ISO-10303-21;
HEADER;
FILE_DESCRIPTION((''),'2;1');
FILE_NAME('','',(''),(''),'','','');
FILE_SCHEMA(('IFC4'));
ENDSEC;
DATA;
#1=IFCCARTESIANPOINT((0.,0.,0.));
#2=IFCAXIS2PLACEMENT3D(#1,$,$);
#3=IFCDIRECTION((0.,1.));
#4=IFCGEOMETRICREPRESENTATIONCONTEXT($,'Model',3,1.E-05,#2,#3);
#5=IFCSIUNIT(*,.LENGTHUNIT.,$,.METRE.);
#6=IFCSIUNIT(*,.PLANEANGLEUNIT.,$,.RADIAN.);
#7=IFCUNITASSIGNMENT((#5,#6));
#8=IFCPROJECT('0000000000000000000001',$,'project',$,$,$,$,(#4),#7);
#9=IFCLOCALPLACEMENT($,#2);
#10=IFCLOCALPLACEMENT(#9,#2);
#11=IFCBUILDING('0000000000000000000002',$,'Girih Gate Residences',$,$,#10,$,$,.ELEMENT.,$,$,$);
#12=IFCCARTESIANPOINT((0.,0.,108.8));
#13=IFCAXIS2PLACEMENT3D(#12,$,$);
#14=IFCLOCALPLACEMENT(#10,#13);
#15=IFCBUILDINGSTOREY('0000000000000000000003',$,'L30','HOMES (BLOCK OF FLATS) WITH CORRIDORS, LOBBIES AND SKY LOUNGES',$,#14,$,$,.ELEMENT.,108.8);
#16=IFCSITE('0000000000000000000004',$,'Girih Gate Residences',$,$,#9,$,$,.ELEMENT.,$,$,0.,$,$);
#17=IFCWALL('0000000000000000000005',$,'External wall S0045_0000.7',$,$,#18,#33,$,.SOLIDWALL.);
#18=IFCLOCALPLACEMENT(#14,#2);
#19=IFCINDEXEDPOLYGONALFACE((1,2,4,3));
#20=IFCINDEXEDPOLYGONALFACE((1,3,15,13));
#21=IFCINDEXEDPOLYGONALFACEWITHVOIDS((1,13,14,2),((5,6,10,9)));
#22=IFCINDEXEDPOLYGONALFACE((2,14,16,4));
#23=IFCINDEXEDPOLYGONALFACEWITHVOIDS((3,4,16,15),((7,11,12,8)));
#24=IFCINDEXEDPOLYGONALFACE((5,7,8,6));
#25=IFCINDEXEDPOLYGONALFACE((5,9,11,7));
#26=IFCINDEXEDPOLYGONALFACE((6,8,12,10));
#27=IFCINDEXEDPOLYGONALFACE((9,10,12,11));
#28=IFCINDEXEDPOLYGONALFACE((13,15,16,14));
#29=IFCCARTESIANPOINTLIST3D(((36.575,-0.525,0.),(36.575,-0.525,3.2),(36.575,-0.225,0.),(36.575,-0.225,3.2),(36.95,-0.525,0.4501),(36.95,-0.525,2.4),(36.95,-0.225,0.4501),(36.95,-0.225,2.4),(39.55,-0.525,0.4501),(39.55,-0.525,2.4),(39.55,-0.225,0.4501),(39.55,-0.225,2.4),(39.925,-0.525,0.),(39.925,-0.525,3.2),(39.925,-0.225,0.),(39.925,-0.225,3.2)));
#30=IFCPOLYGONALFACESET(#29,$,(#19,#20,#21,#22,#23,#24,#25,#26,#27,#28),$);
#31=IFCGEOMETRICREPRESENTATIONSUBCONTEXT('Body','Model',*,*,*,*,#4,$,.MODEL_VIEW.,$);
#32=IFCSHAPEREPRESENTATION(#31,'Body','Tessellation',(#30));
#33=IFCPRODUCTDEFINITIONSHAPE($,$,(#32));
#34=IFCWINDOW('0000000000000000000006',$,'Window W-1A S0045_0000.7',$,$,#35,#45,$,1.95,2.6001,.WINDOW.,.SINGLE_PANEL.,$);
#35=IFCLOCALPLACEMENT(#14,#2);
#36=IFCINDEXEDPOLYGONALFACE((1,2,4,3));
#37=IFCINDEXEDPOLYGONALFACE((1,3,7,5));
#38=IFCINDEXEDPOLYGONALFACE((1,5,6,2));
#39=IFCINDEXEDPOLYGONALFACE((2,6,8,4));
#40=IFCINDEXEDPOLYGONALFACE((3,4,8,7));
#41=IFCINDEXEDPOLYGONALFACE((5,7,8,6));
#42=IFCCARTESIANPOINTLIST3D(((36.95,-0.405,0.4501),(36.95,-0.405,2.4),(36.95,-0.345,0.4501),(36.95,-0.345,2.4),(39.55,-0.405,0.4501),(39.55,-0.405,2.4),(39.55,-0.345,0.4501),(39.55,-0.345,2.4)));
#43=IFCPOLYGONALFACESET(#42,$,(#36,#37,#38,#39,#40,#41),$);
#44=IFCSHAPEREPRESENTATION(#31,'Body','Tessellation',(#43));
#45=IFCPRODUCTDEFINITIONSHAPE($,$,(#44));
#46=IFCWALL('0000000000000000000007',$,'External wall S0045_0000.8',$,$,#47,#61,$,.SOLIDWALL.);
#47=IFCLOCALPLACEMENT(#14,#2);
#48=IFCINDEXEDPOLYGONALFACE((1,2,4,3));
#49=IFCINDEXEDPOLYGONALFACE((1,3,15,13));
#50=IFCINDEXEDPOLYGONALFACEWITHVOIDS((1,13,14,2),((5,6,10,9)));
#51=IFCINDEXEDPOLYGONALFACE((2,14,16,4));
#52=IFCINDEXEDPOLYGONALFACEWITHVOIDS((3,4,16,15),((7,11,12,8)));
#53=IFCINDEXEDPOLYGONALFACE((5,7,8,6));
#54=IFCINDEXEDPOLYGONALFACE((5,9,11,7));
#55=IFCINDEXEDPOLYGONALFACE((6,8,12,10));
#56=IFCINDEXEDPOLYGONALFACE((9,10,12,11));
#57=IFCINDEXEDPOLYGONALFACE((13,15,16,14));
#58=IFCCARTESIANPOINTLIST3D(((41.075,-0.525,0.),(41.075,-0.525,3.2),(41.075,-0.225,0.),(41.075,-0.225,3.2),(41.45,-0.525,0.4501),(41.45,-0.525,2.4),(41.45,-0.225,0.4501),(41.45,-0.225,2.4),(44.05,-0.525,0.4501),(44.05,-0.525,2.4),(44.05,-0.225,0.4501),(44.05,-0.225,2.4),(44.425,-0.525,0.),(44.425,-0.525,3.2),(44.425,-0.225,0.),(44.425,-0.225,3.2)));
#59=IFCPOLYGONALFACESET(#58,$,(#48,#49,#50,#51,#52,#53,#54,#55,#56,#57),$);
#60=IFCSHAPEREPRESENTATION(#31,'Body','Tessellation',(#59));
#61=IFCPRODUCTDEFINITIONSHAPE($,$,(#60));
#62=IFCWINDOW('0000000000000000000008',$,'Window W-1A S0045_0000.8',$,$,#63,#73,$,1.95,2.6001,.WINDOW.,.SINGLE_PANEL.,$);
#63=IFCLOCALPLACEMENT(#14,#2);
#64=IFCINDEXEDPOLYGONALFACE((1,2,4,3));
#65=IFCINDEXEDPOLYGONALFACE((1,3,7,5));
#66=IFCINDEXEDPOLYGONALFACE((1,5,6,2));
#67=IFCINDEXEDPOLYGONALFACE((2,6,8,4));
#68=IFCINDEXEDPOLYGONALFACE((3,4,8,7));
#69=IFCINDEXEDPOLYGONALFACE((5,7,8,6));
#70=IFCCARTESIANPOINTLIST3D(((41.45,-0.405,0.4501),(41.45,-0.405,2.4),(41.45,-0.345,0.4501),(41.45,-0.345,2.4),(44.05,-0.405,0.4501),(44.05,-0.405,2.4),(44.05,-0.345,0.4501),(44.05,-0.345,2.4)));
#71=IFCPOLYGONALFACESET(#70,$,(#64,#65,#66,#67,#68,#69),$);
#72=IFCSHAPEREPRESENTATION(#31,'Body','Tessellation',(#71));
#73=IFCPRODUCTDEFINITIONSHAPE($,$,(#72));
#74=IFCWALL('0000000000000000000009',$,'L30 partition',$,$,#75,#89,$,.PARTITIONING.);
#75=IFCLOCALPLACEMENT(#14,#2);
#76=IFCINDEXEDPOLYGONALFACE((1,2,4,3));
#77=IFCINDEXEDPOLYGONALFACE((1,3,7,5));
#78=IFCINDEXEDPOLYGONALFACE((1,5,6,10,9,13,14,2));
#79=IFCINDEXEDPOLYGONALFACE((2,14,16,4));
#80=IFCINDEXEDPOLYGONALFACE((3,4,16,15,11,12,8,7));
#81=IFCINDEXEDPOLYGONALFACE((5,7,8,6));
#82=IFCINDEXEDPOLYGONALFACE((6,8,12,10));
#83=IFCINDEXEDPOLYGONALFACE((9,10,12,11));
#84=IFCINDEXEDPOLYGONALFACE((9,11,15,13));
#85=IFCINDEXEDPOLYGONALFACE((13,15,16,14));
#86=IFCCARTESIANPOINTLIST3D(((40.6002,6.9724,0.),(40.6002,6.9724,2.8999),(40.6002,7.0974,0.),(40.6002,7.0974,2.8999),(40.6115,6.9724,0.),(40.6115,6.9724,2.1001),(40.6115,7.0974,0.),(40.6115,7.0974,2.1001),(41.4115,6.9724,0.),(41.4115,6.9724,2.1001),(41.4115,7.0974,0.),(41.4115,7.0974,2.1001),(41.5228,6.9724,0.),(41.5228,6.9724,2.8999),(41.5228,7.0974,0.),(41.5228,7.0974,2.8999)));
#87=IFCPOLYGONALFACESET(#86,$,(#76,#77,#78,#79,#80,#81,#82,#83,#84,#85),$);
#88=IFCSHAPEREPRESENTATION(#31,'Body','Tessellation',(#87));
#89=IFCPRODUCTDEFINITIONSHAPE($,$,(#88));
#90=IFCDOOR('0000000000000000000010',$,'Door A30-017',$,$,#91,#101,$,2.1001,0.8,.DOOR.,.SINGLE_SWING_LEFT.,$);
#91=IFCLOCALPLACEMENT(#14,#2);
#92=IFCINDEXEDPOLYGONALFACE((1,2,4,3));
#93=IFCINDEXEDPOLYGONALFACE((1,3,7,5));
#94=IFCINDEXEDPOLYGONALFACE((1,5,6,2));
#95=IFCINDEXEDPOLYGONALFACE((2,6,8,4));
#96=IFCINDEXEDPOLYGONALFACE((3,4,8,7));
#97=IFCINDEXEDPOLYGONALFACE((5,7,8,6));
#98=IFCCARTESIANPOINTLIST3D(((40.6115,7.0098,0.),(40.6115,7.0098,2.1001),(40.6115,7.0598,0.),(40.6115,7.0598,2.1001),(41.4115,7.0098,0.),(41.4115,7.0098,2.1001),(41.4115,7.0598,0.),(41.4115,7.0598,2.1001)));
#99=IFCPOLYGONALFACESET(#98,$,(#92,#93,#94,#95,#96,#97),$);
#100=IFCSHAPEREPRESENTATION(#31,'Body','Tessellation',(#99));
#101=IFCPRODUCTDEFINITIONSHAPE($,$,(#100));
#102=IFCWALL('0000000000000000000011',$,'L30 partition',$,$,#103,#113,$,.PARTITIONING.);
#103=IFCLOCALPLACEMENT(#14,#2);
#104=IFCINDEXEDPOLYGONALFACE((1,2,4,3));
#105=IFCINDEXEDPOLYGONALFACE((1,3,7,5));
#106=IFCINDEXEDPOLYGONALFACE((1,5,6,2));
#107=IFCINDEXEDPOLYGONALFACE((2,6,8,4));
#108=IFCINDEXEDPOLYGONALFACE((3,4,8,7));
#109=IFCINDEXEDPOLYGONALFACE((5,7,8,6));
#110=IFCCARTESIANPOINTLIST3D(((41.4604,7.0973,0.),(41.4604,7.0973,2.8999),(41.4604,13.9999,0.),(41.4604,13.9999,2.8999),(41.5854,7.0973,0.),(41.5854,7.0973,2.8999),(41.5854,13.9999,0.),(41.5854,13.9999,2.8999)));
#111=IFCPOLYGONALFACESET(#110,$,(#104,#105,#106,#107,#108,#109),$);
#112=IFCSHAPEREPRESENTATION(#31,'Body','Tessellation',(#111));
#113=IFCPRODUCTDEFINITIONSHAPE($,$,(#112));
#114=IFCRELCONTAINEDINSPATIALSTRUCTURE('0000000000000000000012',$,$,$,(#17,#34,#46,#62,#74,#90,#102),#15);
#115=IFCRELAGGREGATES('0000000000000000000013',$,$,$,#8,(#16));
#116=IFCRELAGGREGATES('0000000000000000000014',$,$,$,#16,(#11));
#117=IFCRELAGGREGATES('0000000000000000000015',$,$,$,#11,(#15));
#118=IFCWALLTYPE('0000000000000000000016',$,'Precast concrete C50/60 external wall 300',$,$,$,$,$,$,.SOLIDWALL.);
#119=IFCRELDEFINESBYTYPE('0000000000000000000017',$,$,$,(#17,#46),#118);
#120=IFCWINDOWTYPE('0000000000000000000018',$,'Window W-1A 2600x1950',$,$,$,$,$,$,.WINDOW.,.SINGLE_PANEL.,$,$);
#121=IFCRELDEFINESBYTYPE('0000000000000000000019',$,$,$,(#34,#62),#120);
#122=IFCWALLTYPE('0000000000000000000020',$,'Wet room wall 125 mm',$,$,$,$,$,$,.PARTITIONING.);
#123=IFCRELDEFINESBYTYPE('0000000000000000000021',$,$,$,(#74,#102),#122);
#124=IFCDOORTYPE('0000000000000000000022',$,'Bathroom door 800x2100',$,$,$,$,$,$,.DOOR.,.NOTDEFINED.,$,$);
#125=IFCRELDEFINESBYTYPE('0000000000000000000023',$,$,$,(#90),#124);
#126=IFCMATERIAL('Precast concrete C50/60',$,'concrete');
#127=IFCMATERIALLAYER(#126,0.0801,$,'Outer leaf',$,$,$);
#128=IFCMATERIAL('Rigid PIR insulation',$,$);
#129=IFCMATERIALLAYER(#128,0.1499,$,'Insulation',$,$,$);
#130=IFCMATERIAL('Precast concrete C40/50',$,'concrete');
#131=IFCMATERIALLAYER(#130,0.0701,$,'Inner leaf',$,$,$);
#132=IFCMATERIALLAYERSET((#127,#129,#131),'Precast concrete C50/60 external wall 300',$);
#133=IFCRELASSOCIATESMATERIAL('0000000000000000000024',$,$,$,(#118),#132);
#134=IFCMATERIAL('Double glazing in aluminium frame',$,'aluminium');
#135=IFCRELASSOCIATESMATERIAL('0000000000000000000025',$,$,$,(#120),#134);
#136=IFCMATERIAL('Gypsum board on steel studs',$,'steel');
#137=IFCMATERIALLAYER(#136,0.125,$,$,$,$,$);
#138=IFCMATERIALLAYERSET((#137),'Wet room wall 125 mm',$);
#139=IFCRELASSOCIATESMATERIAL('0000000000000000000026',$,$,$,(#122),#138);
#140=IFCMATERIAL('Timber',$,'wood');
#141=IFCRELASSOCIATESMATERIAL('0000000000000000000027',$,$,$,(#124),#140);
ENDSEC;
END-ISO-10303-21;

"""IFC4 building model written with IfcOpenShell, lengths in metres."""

from ifc_helpers import new_model, si_unit, direction, frame, frame_2d, origin, place, context, subcontext, project, spatial, rectangle, extrude, material, layer, layer_set, type_object, element, fill, save


model = new_model("IFC4")

# Units and contexts
model_context = context("Model", 3, precision=1e-05, world=origin(), true_north=direction((0.0, 1.0)))
body_context = subcontext(model_context, "Body", "Model", "MODEL_VIEW")
ifc_project = project(units=[si_unit("LENGTHUNIT", "METRE"), si_unit("PLANEANGLEUNIT", "RADIAN")], contexts=[model_context])

# Site, building, storey
site_placement = place(None, origin())
site = spatial("IfcSite", under=ifc_project, at=site_placement, Name="Girih Gate Residences", CompositionType="ELEMENT", RefElevation=0.0)
building_placement = place(site_placement, origin())
building = spatial("IfcBuilding", under=site, at=building_placement, Name="Girih Gate Residences", CompositionType="ELEMENT")
storey_placement = place(building_placement, frame((0.0, 0.0, 108.8)))
storey = spatial("IfcBuildingStorey", under=building, at=storey_placement, Name="L30", Description="HOMES (BLOCK OF FLATS) WITH CORRIDORS, LOBBIES AND SKY LOUNGES", CompositionType="ELEMENT", Elevation=108.8)

# Shared definitions
ifc_material_1 = material(Name="Gypsum board on steel studs", Category="steel")
ifc_material_2 = material(Name="Timber", Category="wood")

# Walls, openings, windows
ifc_material_3 = material(Name="Precast concrete C50/60", Category="concrete")
ifc_layer_1 = layer(ifc_material_3, 0.0801, Name="Outer leaf")
ifc_material_4 = material(Name="Rigid PIR insulation")
ifc_layer_2 = layer(ifc_material_4, 0.1499, Name="Insulation")
ifc_material_5 = material(Name="Precast concrete C40/50", Category="concrete")
ifc_layer_3 = layer(ifc_material_5, 0.0701, Name="Inner leaf")
ifc_layer_set_1 = layer_set([ifc_layer_1, ifc_layer_2, ifc_layer_3], Name="Precast concrete C50/60 external wall 300")
wall_type_1 = type_object("IfcWallType", Name="Precast concrete C50/60 external wall 300", PredefinedType="SOLIDWALL", material=ifc_layer_set_1)
wall_1_placement = place(storey_placement, frame((39.925, -0.375, 0.0), z_axis=(0.0, 0.0, 1.0), x_axis=(-1.0, 0.0, 0.0)))
wall_1 = element("IfcWall", 1, at=wall_1_placement, inside=storey, type_object=wall_type_1, Name="External wall S0045_0000.7", PredefinedType="SOLIDWALL", context=body_context, shape_type="SweptSolid", body=[
    extrude(rectangle(XDim=3.3501, YDim=0.3, at=frame_2d((1.675, 0.0))), origin(), (0.0, 0.0, 1.0), 3.2),
])
opening_1_placement = place(wall_1_placement, frame((0.375, 0.0, 0.45)))
opening_1 = element("IfcOpeningElement", 2, at=opening_1_placement, cuts=wall_1, PredefinedType="OPENING", context=body_context, shape_type="SweptSolid", body=[
    extrude(rectangle(XDim=2.6001, YDim=1.95, at=frame_2d((1.3, 0.9751))), frame((0.0, 0.1599, 0.0), z_axis=(0.0, -1.0, 0.0), x_axis=(1.0, 0.0, 0.0)), (0.0, 0.0, 1.0), 0.3201),
])
ifc_material_6 = material(Name="Double glazing in aluminium frame", Category="aluminium")
window_type = type_object("IfcWindowType", Name="Window W-1A 2600x1950", PartitioningType="SINGLE_PANEL", PredefinedType="WINDOW", material=ifc_material_6)
window_1_placement = place(opening_1_placement, origin())
window_1 = element("IfcWindow", 3, at=window_1_placement, inside=storey, type_object=window_type, Name="Window W-1A S0045_0000.7", OverallHeight=1.95, OverallWidth=2.6001, PartitioningType="SINGLE_PANEL", PredefinedType="WINDOW", context=body_context, shape_type="SweptSolid", body=[
    extrude(rectangle(XDim=2.6001, YDim=1.95, at=frame_2d((1.3, 0.9751))), frame((0.0, 0.03, 0.0), z_axis=(0.0, -1.0, 0.0), x_axis=(1.0, 0.0, 0.0)), (0.0, 0.0, 1.0), 0.0601),
])
fill(opening_1, window_1)
wall_2_placement = place(storey_placement, frame((44.425, -0.375, 0.0), z_axis=(0.0, 0.0, 1.0), x_axis=(-1.0, 0.0, 0.0)))
wall_2 = element("IfcWall", 4, at=wall_2_placement, inside=storey, type_object=wall_type_1, Name="External wall S0045_0000.8", PredefinedType="SOLIDWALL", context=body_context, shape_type="SweptSolid", body=[
    extrude(rectangle(XDim=3.3501, YDim=0.3, at=frame_2d((1.675, 0.0))), origin(), (0.0, 0.0, 1.0), 3.2),
])
opening_2_placement = place(wall_2_placement, frame((0.375, 0.0, 0.45)))
opening_2 = element("IfcOpeningElement", 5, at=opening_2_placement, cuts=wall_2, PredefinedType="OPENING", context=body_context, shape_type="SweptSolid", body=[
    extrude(rectangle(XDim=2.6001, YDim=1.95, at=frame_2d((1.3, 0.9751))), frame((0.0, 0.1599, 0.0), z_axis=(0.0, -1.0, 0.0), x_axis=(1.0, 0.0, 0.0)), (0.0, 0.0, 1.0), 0.3201),
])
window_2_placement = place(opening_2_placement, origin())
window_2 = element("IfcWindow", 6, at=window_2_placement, inside=storey, type_object=window_type, Name="Window W-1A S0045_0000.8", OverallHeight=1.95, OverallWidth=2.6001, PartitioningType="SINGLE_PANEL", PredefinedType="WINDOW", context=body_context, shape_type="SweptSolid", body=[
    extrude(rectangle(XDim=2.6001, YDim=1.95, at=frame_2d((1.3, 0.9751))), frame((0.0, 0.03, 0.0), z_axis=(0.0, -1.0, 0.0), x_axis=(1.0, 0.0, 0.0)), (0.0, 0.0, 1.0), 0.0601),
])
fill(opening_2, window_2)

# Wall, opening, door
ifc_layer_4 = layer(ifc_material_1, 0.125)
ifc_layer_set_2 = layer_set([ifc_layer_4], Name="Wet room wall 125 mm")
wall_type_2 = type_object("IfcWallType", Name="Wet room wall 125 mm", PredefinedType="PARTITIONING", material=ifc_layer_set_2)
wall_3_placement = place(storey_placement, frame((40.6001, 7.0349, 0.0), z_axis=(0.0, 0.0, 1.0), x_axis=(1.0, 0.0, 0.0)))
wall_3 = element("IfcWall", 7, at=wall_3_placement, inside=storey, type_object=wall_type_2, Name="L30 partition", PredefinedType="PARTITIONING", context=body_context, shape_type="SweptSolid", body=[
    extrude(rectangle(XDim=0.9226, YDim=0.125, at=frame_2d((0.4614, 0.0))), origin(), (0.0, 0.0, 1.0), 2.8999),
])
opening_3_placement = place(wall_3_placement, frame((0.0115, 0.0, 0.0)))
opening_3 = element("IfcOpeningElement", 8, at=opening_3_placement, cuts=wall_3, PredefinedType="OPENING", context=body_context, shape_type="SweptSolid", body=[
    extrude(rectangle(XDim=0.8, YDim=2.1001, at=frame_2d((0.3999, 1.05))), frame((0.0, 0.0725, 0.0), z_axis=(0.0, -1.0, 0.0), x_axis=(1.0, 0.0, 0.0)), (0.0, 0.0, 1.0), 0.145),
])
door_type_1 = type_object("IfcDoorType", Name="Bathroom door 800x2100", OperationType="NOTDEFINED", PredefinedType="DOOR", material=ifc_material_2)
door_1_placement = place(opening_3_placement, origin())
door_1 = element("IfcDoor", 9, at=door_1_placement, inside=storey, type_object=door_type_1, Name="Door A30-017", OperationType="SINGLE_SWING_LEFT", OverallHeight=2.1001, OverallWidth=0.8, PredefinedType="DOOR", context=body_context, shape_type="SweptSolid", body=[
    extrude(rectangle(XDim=0.8, YDim=2.1001, at=frame_2d((0.3999, 1.05))), frame((0.0, 0.0249, 0.0), z_axis=(0.0, -1.0, 0.0), x_axis=(1.0, 0.0, 0.0)), (0.0, 0.0, 1.0), 0.05),
])
fill(opening_3, door_1)

# Wall
wall_4_placement = place(storey_placement, frame((41.5229, 7.0974, 0.0), z_axis=(0.0, 0.0, 1.0), x_axis=(0.0, 1.0, 0.0)))
element("IfcWall", 10, at=wall_4_placement, inside=storey, type_object=wall_type_2, Name="L30 partition", PredefinedType="PARTITIONING", context=body_context, shape_type="SweptSolid", body=[
    extrude(rectangle(XDim=6.9026, YDim=0.125, at=frame_2d((3.4512, 0.0))), origin(), (0.0, 0.0, 1.0), 2.8999),
])

save(model, "model.ifc")
